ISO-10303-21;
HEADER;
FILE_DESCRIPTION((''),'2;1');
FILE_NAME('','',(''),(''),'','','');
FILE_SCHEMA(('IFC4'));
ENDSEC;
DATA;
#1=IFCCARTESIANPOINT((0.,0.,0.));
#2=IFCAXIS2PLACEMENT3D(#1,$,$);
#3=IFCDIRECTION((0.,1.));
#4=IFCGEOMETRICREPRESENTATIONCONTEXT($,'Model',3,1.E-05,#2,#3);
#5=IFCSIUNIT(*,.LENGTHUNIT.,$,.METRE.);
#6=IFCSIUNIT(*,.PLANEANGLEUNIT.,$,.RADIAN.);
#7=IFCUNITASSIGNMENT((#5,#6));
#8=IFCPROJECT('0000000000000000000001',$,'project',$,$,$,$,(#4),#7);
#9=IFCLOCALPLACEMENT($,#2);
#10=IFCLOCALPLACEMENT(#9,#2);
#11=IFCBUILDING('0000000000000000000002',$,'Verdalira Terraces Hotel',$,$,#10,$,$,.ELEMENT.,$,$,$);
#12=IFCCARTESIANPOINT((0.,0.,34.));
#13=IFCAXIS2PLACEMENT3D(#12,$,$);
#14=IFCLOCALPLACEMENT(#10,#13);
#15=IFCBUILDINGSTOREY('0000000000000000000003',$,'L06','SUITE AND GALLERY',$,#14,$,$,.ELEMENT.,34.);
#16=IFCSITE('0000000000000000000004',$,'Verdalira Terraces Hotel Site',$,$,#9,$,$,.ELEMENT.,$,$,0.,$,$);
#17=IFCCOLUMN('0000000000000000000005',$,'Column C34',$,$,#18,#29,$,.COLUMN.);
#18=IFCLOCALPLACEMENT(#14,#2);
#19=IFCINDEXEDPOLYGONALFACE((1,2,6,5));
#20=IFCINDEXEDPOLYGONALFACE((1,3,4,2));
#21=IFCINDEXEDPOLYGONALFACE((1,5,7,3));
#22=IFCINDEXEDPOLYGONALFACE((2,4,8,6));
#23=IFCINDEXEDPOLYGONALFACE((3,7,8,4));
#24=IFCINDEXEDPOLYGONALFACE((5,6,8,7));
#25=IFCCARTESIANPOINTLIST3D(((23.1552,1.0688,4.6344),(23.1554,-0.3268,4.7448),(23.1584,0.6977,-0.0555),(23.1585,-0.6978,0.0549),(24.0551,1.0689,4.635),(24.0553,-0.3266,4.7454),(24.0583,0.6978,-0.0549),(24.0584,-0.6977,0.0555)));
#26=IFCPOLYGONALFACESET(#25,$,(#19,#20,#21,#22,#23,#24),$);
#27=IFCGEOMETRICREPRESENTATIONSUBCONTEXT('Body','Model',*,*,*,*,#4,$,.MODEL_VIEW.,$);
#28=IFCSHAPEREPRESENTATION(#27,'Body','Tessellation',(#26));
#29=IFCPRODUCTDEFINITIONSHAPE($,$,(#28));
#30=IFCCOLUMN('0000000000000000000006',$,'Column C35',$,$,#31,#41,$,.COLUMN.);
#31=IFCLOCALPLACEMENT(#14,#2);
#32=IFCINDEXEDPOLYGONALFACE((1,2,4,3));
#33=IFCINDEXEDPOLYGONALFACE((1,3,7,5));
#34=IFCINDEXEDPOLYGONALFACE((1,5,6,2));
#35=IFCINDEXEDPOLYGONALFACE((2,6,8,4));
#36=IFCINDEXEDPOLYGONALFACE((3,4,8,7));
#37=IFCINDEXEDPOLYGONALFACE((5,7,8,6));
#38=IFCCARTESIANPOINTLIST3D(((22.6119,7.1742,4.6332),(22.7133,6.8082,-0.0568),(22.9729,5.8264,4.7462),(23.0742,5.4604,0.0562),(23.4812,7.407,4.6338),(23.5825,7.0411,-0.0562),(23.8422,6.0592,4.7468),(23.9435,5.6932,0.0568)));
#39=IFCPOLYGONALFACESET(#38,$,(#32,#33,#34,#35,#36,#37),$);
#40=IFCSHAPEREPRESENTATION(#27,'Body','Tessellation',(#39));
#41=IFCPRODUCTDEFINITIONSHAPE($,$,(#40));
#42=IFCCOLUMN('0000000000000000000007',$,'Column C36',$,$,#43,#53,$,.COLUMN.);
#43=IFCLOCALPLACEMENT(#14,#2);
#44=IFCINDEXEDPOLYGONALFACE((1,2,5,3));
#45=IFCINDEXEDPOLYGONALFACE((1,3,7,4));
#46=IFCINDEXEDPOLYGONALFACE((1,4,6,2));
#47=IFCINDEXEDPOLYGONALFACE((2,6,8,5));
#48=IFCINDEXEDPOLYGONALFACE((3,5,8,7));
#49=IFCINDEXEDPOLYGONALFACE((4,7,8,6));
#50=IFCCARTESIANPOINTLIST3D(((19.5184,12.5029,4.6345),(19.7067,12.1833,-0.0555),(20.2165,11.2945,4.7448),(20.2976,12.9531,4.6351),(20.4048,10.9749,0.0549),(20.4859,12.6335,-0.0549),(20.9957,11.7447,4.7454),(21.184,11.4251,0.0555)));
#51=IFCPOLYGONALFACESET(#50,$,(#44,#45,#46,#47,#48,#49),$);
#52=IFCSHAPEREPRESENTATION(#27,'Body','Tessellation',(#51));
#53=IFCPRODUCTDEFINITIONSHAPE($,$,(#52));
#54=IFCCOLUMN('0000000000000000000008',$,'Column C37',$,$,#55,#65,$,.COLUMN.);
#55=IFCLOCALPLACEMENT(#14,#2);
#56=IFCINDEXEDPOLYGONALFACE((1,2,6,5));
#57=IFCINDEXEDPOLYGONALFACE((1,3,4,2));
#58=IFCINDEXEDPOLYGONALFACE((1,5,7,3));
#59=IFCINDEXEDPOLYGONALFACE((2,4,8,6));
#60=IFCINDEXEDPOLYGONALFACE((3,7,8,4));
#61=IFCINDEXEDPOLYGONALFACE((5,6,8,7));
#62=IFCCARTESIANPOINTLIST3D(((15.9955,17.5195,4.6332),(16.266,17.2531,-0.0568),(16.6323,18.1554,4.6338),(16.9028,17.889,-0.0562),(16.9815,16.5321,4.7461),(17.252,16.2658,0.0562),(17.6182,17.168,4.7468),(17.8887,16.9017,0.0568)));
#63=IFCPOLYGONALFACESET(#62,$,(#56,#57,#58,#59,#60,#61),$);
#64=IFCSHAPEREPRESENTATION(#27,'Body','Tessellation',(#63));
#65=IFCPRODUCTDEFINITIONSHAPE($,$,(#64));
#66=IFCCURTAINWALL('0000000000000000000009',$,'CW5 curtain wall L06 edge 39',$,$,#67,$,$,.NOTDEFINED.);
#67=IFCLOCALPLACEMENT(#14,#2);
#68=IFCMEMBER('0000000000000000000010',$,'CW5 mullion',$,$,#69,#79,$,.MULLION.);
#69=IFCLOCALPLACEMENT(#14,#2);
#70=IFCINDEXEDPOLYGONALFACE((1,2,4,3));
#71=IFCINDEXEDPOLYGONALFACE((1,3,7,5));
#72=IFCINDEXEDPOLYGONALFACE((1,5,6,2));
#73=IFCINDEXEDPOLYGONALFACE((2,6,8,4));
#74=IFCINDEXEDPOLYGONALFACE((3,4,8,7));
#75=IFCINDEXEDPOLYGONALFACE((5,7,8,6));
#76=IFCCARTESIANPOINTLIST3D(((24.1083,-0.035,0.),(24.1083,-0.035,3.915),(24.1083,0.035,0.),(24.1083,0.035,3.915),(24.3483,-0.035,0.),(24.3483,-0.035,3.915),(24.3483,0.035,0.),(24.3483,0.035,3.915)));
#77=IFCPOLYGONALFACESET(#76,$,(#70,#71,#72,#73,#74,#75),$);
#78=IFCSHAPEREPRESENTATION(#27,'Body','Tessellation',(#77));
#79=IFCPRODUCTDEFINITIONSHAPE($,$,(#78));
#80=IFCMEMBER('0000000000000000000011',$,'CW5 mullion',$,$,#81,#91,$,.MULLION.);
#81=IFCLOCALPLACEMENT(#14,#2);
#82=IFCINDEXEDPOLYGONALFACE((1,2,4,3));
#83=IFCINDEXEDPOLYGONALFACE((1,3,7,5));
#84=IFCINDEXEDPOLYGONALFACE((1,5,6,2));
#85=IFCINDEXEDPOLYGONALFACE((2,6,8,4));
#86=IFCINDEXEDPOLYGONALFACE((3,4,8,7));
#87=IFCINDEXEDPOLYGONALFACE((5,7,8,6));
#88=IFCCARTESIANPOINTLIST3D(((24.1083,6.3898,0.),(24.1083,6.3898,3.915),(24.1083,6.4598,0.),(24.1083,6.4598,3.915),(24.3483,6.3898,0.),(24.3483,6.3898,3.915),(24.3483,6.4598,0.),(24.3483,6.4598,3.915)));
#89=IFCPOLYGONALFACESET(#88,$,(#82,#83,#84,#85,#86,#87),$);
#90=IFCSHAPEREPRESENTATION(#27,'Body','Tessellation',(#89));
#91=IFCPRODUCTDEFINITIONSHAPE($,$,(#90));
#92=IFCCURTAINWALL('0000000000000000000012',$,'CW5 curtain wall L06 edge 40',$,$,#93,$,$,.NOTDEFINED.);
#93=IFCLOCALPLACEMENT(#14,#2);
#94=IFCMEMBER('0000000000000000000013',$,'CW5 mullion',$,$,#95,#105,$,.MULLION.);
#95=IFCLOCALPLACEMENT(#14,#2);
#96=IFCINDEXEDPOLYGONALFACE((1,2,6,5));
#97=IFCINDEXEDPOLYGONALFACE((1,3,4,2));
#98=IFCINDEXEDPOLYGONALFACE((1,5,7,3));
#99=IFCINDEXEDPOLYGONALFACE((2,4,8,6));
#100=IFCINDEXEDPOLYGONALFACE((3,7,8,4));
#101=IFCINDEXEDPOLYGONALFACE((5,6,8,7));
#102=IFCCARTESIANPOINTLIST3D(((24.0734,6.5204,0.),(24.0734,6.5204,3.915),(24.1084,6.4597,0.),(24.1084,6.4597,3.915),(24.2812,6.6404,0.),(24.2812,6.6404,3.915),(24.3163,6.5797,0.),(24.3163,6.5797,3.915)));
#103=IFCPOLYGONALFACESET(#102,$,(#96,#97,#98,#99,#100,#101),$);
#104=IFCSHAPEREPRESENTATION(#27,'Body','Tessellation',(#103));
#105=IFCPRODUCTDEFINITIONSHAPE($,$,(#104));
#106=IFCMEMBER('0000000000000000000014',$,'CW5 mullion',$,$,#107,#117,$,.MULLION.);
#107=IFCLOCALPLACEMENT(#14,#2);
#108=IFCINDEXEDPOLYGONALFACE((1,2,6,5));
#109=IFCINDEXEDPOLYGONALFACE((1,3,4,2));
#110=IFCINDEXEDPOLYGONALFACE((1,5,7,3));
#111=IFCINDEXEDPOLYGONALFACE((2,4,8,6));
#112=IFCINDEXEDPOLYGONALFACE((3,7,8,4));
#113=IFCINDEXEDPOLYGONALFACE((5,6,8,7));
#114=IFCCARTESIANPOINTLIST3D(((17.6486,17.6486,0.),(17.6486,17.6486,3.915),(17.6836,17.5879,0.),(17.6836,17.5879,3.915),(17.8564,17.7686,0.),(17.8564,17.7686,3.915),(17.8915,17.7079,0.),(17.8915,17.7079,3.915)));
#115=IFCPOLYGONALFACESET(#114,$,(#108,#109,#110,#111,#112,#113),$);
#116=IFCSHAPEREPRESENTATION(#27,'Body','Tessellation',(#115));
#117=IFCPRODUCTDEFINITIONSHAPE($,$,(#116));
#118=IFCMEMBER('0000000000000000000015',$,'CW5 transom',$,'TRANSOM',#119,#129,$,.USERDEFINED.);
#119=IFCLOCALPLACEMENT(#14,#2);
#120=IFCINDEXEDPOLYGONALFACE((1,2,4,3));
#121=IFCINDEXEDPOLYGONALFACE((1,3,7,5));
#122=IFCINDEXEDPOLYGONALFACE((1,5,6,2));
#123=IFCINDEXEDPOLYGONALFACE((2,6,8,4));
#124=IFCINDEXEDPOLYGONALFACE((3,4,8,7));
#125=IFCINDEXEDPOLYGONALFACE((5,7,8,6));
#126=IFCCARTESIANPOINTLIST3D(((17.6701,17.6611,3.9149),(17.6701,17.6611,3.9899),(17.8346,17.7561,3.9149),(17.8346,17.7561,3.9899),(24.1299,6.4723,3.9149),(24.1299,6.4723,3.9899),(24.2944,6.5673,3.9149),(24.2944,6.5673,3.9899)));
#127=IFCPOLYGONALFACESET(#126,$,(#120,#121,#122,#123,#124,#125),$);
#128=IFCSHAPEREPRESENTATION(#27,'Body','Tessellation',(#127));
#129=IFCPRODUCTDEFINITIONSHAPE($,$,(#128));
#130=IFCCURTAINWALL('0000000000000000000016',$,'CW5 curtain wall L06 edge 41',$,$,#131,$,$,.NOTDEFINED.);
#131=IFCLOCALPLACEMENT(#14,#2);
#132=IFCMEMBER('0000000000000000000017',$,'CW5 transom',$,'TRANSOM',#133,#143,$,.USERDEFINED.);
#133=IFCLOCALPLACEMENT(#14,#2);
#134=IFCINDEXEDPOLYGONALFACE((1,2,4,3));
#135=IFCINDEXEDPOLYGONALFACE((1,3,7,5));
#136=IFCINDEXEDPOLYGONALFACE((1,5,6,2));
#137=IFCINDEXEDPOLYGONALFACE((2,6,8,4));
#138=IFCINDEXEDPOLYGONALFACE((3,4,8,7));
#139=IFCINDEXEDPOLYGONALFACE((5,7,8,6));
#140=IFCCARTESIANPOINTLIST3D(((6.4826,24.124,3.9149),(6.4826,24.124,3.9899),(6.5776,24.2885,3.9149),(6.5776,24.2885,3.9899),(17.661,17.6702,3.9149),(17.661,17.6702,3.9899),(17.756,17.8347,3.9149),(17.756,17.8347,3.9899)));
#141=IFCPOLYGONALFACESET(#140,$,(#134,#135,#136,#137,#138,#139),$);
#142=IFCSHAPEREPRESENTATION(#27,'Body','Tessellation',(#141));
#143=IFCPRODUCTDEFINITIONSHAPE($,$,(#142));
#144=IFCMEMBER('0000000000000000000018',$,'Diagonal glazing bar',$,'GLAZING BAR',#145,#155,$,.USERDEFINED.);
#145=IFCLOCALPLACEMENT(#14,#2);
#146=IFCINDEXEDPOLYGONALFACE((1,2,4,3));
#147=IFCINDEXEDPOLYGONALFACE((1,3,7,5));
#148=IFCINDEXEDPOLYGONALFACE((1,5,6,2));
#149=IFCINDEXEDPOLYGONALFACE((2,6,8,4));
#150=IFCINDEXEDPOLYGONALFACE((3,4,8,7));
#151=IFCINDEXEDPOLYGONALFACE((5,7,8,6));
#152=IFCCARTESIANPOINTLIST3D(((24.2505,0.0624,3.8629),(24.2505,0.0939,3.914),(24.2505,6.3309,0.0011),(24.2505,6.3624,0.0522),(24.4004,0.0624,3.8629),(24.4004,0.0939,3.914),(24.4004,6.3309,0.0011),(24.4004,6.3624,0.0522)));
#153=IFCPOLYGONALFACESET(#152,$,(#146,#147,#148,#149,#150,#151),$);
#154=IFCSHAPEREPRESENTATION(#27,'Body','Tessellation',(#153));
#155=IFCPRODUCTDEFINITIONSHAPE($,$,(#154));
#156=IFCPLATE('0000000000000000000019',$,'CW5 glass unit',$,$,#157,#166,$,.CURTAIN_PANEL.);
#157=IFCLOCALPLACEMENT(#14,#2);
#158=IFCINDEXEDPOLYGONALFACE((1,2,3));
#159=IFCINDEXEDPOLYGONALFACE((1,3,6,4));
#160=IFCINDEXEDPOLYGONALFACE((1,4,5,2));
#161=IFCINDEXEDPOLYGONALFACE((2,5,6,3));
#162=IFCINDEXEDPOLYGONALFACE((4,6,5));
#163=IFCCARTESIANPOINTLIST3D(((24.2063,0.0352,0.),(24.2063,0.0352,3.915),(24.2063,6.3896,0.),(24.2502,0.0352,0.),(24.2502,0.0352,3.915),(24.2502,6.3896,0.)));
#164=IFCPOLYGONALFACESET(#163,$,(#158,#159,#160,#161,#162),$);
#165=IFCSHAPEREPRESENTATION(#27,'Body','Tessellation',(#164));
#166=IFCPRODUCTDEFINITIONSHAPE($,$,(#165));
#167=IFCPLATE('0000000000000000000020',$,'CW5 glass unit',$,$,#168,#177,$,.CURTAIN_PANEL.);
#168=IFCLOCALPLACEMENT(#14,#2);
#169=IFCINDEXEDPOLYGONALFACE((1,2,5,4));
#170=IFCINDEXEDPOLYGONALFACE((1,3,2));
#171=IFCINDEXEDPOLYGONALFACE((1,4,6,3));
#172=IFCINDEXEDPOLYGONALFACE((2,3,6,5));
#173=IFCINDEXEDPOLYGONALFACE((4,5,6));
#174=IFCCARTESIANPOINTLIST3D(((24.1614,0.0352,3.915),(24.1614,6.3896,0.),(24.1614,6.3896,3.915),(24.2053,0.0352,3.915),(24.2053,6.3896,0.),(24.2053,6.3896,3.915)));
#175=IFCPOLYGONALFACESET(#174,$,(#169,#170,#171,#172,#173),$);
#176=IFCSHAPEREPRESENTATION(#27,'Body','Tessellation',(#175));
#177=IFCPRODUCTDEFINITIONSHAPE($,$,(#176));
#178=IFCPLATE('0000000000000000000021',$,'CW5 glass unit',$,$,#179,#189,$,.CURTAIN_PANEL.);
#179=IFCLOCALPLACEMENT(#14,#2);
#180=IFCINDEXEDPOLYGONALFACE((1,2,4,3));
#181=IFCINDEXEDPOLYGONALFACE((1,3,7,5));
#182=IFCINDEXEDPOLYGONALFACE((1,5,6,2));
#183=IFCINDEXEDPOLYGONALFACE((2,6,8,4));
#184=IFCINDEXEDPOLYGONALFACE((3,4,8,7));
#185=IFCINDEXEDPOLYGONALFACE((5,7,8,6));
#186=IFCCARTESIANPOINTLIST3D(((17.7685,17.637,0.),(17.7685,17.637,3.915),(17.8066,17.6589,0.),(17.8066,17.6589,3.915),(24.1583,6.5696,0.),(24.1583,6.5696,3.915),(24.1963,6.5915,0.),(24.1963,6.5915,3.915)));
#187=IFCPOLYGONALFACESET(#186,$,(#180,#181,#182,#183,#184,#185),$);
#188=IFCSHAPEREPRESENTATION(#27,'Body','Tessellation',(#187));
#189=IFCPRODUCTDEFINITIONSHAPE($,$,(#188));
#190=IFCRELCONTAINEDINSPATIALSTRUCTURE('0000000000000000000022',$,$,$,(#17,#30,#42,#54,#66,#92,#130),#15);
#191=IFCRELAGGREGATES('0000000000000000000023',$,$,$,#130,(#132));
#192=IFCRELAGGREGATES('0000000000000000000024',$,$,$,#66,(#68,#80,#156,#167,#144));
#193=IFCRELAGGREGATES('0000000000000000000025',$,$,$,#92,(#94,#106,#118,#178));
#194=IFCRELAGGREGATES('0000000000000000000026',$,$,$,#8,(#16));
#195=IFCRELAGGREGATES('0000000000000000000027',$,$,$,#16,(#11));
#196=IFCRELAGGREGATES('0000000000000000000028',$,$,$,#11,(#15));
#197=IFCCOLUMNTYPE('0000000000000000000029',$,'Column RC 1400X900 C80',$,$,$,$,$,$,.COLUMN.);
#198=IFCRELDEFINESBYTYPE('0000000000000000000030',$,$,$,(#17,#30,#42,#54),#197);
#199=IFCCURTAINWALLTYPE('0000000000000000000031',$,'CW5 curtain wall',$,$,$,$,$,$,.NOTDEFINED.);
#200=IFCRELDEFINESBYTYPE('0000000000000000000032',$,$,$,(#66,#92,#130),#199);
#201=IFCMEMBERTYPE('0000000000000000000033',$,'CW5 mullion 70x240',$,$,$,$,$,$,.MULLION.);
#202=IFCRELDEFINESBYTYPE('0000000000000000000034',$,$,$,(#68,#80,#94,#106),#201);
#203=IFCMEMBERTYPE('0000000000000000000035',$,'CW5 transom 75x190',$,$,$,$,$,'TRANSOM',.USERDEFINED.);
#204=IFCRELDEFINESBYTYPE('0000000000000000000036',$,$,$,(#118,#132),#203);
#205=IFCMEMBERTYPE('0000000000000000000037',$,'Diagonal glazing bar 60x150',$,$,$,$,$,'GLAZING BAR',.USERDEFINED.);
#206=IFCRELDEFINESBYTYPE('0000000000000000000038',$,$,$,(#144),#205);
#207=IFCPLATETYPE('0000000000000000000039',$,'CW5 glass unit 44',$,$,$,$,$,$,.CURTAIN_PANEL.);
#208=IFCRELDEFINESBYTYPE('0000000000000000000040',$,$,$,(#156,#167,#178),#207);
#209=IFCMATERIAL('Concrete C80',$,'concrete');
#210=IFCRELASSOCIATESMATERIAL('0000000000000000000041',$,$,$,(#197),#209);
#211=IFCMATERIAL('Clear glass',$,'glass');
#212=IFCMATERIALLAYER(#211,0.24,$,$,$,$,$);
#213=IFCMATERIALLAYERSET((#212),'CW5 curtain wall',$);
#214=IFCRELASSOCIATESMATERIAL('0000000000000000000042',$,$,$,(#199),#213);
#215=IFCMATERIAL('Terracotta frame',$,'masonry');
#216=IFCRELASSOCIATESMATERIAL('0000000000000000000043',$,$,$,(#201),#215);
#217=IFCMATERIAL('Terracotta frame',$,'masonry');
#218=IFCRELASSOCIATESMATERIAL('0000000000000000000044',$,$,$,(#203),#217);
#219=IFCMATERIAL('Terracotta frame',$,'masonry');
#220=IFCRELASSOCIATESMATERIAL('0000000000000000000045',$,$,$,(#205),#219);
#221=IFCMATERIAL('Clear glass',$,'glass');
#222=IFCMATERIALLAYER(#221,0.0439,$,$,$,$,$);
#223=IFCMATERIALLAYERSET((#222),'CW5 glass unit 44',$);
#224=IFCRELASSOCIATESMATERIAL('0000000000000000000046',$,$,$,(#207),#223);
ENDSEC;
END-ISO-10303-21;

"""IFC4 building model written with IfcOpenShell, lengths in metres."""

from ifc_helpers import new_model, si_unit, direction, frame, origin, origin_2d, place, context, subcontext, project, spatial, polyline, rectangle, outline, extrude, material, layer, layer_set, material_profile, profile_set, type_object, element, aggregate, save


model = new_model("IFC4")

# Units and contexts
model_context = context("Model", 3, precision=1e-05, world=origin(), true_north=direction((0.0, 1.0)))
body_context = subcontext(model_context, "Body", "Model", "MODEL_VIEW")
ifc_project = project(units=[si_unit("LENGTHUNIT", "METRE"), si_unit("PLANEANGLEUNIT", "RADIAN")], contexts=[model_context])

# Site, building, storey
site_placement = place(None, origin())
site = spatial("IfcSite", under=ifc_project, at=site_placement, Name="Verdalira Terraces Hotel Site", CompositionType="ELEMENT", RefElevation=0.0)
building_placement = place(site_placement, origin())
building = spatial("IfcBuilding", under=site, at=building_placement, Name="Verdalira Terraces Hotel", CompositionType="ELEMENT")
storey_placement = place(building_placement, frame((0.0, 0.0, 34.0)))
storey = spatial("IfcBuildingStorey", under=building, at=storey_placement, Name="L06", Description="SUITE AND GALLERY", CompositionType="ELEMENT", Elevation=34.0)

# Columns
ifc_material_1 = material(Name="Concrete C80", Category="concrete")
ifc_material_profile_1 = material_profile(ifc_material_1, rectangle(XDim=1.3999, YDim=0.8999, at=origin_2d()), Name="RC 1400X900")
ifc_profile_set_1 = profile_set([ifc_material_profile_1], Name="Concrete C80")
column_type = type_object("IfcColumnType", Name="Column RC 1400X900 C80", PredefinedType="COLUMN", material=ifc_profile_set_1)
column_1_placement = place(storey_placement, frame((23.6084, 0.0, 0.0), z_axis=(-0.000675, 0.078879, 0.996884), x_axis=(-0.000122, 0.996884, -0.078879)))
element("IfcColumn", 1, at=column_1_placement, inside=storey, type_object=column_type, Name="Column C34", PredefinedType="COLUMN", context=body_context, shape_type="SweptSolid", body=[
    extrude(rectangle(XDim=1.3999, YDim=0.8999, at=origin_2d()), origin(), (0.0, 0.0, 1.0), 4.7046),
])
column_2_placement = place(storey_placement, frame((23.3284, 6.2507, 0.0), z_axis=(-0.021533, 0.077778, 0.996738), x_axis=(0.257834, -0.962813, 0.080701)))
element("IfcColumn", 2, at=column_2_placement, inside=storey, type_object=column_type, Name="Column C35", PredefinedType="COLUMN", context=body_context, shape_type="SweptSolid", body=[
    extrude(rectangle(XDim=1.3999, YDim=0.8999, at=origin_2d()), origin(), (0.0, 0.0, 1.0), 4.7053),
])
column_3_placement = place(storey_placement, frame((20.4453, 11.8042, 0.0), z_axis=(-0.04001, 0.06793, 0.996888), x_axis=(-0.498671, 0.863199, -0.078834)))
element("IfcColumn", 3, at=column_3_placement, inside=storey, type_object=column_type, Name="Column C36", PredefinedType="COLUMN", context=body_context, shape_type="SweptSolid", body=[
    extrude(rectangle(XDim=1.3999, YDim=0.8999, at=origin_2d()), origin(), (0.0, 0.0, 1.0), 4.7046),
])
column_4_placement = place(storey_placement, frame((17.0774, 17.0774, 0.0), z_axis=(-0.05749, 0.056608, 0.99674), x_axis=(0.704306, -0.705297, 0.080679)))
element("IfcColumn", 4, at=column_4_placement, inside=storey, type_object=column_type, Name="Column C37", PredefinedType="COLUMN", context=body_context, shape_type="SweptSolid", body=[
    extrude(rectangle(XDim=1.3999, YDim=0.8999, at=origin_2d()), origin(), (0.0, 0.0, 1.0), 4.7053),
])

# Curtain walls, members
ifc_material_2 = material(Name="Clear glass", Category="glass")
ifc_layer_1 = layer(ifc_material_2, 0.24)
ifc_layer_set_1 = layer_set([ifc_layer_1], Name="CW5 curtain wall")
curtain_wall_type = type_object("IfcCurtainWallType", Name="CW5 curtain wall", PredefinedType="NOTDEFINED", material=ifc_layer_set_1)
curtain_wall_1_placement = place(storey_placement, origin())
curtain_wall_1 = element("IfcCurtainWall", 5, at=curtain_wall_1_placement, inside=storey, type_object=curtain_wall_type, Name="CW5 curtain wall L06 edge 39", PredefinedType="NOTDEFINED")
ifc_material_3 = material(Name="Terracotta frame", Category="masonry")
ifc_material_profile_2 = material_profile(ifc_material_3, rectangle(XDim=0.0701, YDim=0.24, at=origin_2d()), Name="MU 70x240")
ifc_profile_set_2 = profile_set([ifc_material_profile_2], Name="Terracotta frame")
member_type_1 = type_object("IfcMemberType", Name="CW5 mullion 70x240", PredefinedType="MULLION", material=ifc_profile_set_2)
member_1_placement = place(storey_placement, frame((24.2283, 0.0, 0.0), z_axis=(0.0, 0.0, 1.0), x_axis=(0.0, 1.0, 0.0)))
member_1 = element("IfcMember", 6, at=member_1_placement, type_object=member_type_1, Name="CW5 mullion", PredefinedType="MULLION", context=body_context, shape_type="SweptSolid", body=[
    extrude(rectangle(XDim=0.0701, YDim=0.24, at=origin_2d()), origin(), (0.0, 0.0, 1.0), 3.915),
])
member_2_placement = place(storey_placement, frame((24.2283, 6.4248, 0.0), z_axis=(0.0, 0.0, 1.0), x_axis=(0.0, 1.0, 0.0)))
member_2 = element("IfcMember", 7, at=member_2_placement, type_object=member_type_1, Name="CW5 mullion", PredefinedType="MULLION", context=body_context, shape_type="SweptSolid", body=[
    extrude(rectangle(XDim=0.0701, YDim=0.24, at=origin_2d()), origin(), (0.0, 0.0, 1.0), 3.915),
])
curtain_wall_2_placement = place(storey_placement, origin())
curtain_wall_2 = element("IfcCurtainWall", 8, at=curtain_wall_2_placement, inside=storey, type_object=curtain_wall_type, Name="CW5 curtain wall L06 edge 40", PredefinedType="NOTDEFINED")
member_3_placement = place(storey_placement, frame((24.1948, 6.55, 0.0), z_axis=(0.0, 0.0, 1.0), x_axis=(-0.5, 0.866025, 0.0)))
member_3 = element("IfcMember", 9, at=member_3_placement, type_object=member_type_1, Name="CW5 mullion", PredefinedType="MULLION", context=body_context, shape_type="SweptSolid", body=[
    extrude(rectangle(XDim=0.0701, YDim=0.24, at=origin_2d()), origin(), (0.0, 0.0, 1.0), 3.915),
])
member_4_placement = place(storey_placement, frame((17.77, 17.6782, 0.0), z_axis=(0.0, 0.0, 1.0), x_axis=(-0.5, 0.866025, 0.0)))
member_4 = element("IfcMember", 10, at=member_4_placement, type_object=member_type_1, Name="CW5 mullion", PredefinedType="MULLION", context=body_context, shape_type="SweptSolid", body=[
    extrude(rectangle(XDim=0.0701, YDim=0.24, at=origin_2d()), origin(), (0.0, 0.0, 1.0), 3.915),
])
ifc_material_4 = material(Name="Terracotta frame", Category="masonry")
ifc_material_profile_3 = material_profile(ifc_material_4, rectangle(XDim=0.1899, YDim=0.075, at=origin_2d()), Name="TR 75x190")
ifc_profile_set_3 = profile_set([ifc_material_profile_3], Name="Terracotta frame")
member_type_2 = type_object("IfcMemberType", Name="CW5 transom 75x190", ElementType="TRANSOM", PredefinedType="USERDEFINED", material=ifc_profile_set_3)
member_5_placement = place(storey_placement, frame((24.2122, 6.5198, 3.9524), z_axis=(-0.499995, 0.866029, 0.0), x_axis=(-0.866029, -0.499995, 0.0)))
member_5 = element("IfcMember", 11, at=member_5_placement, type_object=member_type_2, Name="CW5 transom", ObjectType="TRANSOM", PredefinedType="USERDEFINED", context=body_context, shape_type="SweptSolid", body=[
    extrude(rectangle(XDim=0.1899, YDim=0.075, at=origin_2d()), origin(), (0.0, 0.0, 1.0), 12.9197),
])

# Curtain wall, member
curtain_wall_3_placement = place(storey_placement, origin())
curtain_wall_3 = element("IfcCurtainWall", 12, at=curtain_wall_3_placement, inside=storey, type_object=curtain_wall_type, Name="CW5 curtain wall L06 edge 41", PredefinedType="NOTDEFINED")
member_6_placement = place(storey_placement, frame((17.7085, 17.7524, 3.9524), z_axis=(-0.866027, 0.499998, 0.0), x_axis=(-0.499998, -0.866027, 0.0)))
member_6 = element("IfcMember", 13, at=member_6_placement, type_object=member_type_2, Name="CW5 transom", ObjectType="TRANSOM", PredefinedType="USERDEFINED", context=body_context, shape_type="SweptSolid", body=[
    extrude(rectangle(XDim=0.1899, YDim=0.075, at=origin_2d()), origin(), (0.0, 0.0, 1.0), 12.9077),
])
aggregate(curtain_wall_3, [member_6])

# Member
ifc_material_5 = material(Name="Terracotta frame", Category="masonry")
ifc_material_profile_4 = material_profile(ifc_material_5, rectangle(XDim=0.1499, YDim=0.0601, at=origin_2d()), Name="GB 60x150")
ifc_profile_set_4 = profile_set([ifc_material_profile_4], Name="Terracotta frame")
member_type_3 = type_object("IfcMemberType", Name="Diagonal glazing bar 60x150", ElementType="GLAZING BAR", PredefinedType="USERDEFINED", material=ifc_profile_set_4)
member_7_placement = place(storey_placement, frame((24.3254, 0.0781, 3.8884), z_axis=(0.0, 0.851401, -0.524515), x_axis=(-1.0, 0.0, 0.0)))
member_7 = element("IfcMember", 14, at=member_7_placement, type_object=member_type_3, Name="Diagonal glazing bar", ObjectType="GLAZING BAR", PredefinedType="USERDEFINED", context=body_context, shape_type="SweptSolid", body=[
    extrude(rectangle(XDim=0.1499, YDim=0.0601, at=origin_2d()), origin(), (0.0, 0.0, 1.0), 7.3625),
])

# Plates
ifc_material_6 = material(Name="Clear glass", Category="glass")
ifc_layer_2 = layer(ifc_material_6, 0.0439)
ifc_layer_set_2 = layer_set([ifc_layer_2], Name="CW5 glass unit 44")
plate_type = type_object("IfcPlateType", Name="CW5 glass unit 44", PredefinedType="CURTAIN_PANEL", material=ifc_layer_set_2)
plate_1_placement = place(storey_placement, frame((24.2063, 3.2124, 1.9575), z_axis=(1.0, 0.0, 0.0), x_axis=(0.0, 1.0, 0.0)))
plate_1 = element("IfcPlate", 15, at=plate_1_placement, type_object=plate_type, Name="CW5 glass unit", PredefinedType="CURTAIN_PANEL", context=body_context, shape_type="SweptSolid", body=[
    extrude(outline(polyline([(-3.1772, -1.9575), (3.1772, -1.9575), (-3.1772, 1.9575), (-3.1772, -1.9575)])), origin(), (0.0, 0.0, 1.0), 0.0439),
])
plate_2_placement = place(storey_placement, frame((24.1614, 3.2124, 1.9575), z_axis=(1.0, 0.0, 0.0), x_axis=(0.0, 1.0, 0.0)))
plate_2 = element("IfcPlate", 16, at=plate_2_placement, type_object=plate_type, Name="CW5 glass unit", PredefinedType="CURTAIN_PANEL", context=body_context, shape_type="SweptSolid", body=[
    extrude(outline(polyline([(3.1772, -1.9575), (3.1772, 1.9575), (-3.1772, 1.9575), (3.1772, -1.9575)])), origin(), (0.0, 0.0, 1.0), 0.0439),
])
aggregate(curtain_wall_1, [member_1, member_2, plate_1, plate_2, member_7])
plate_3_placement = place(storey_placement, frame((20.9824, 12.1143, 0.0), z_axis=(0.0, 0.0, 1.0), x_axis=(-0.5, 0.866025, 0.0)))
plate_3 = element("IfcPlate", 17, at=plate_3_placement, type_object=plate_type, Name="CW5 glass unit", PredefinedType="CURTAIN_PANEL", context=body_context, shape_type="SweptSolid", body=[
    extrude(rectangle(XDim=12.7795, YDim=0.0439, at=origin_2d()), origin(), (0.0, 0.0, 1.0), 3.915),
])
aggregate(curtain_wall_2, [member_3, member_4, member_5, plate_3])

save(model, "model.ifc")
